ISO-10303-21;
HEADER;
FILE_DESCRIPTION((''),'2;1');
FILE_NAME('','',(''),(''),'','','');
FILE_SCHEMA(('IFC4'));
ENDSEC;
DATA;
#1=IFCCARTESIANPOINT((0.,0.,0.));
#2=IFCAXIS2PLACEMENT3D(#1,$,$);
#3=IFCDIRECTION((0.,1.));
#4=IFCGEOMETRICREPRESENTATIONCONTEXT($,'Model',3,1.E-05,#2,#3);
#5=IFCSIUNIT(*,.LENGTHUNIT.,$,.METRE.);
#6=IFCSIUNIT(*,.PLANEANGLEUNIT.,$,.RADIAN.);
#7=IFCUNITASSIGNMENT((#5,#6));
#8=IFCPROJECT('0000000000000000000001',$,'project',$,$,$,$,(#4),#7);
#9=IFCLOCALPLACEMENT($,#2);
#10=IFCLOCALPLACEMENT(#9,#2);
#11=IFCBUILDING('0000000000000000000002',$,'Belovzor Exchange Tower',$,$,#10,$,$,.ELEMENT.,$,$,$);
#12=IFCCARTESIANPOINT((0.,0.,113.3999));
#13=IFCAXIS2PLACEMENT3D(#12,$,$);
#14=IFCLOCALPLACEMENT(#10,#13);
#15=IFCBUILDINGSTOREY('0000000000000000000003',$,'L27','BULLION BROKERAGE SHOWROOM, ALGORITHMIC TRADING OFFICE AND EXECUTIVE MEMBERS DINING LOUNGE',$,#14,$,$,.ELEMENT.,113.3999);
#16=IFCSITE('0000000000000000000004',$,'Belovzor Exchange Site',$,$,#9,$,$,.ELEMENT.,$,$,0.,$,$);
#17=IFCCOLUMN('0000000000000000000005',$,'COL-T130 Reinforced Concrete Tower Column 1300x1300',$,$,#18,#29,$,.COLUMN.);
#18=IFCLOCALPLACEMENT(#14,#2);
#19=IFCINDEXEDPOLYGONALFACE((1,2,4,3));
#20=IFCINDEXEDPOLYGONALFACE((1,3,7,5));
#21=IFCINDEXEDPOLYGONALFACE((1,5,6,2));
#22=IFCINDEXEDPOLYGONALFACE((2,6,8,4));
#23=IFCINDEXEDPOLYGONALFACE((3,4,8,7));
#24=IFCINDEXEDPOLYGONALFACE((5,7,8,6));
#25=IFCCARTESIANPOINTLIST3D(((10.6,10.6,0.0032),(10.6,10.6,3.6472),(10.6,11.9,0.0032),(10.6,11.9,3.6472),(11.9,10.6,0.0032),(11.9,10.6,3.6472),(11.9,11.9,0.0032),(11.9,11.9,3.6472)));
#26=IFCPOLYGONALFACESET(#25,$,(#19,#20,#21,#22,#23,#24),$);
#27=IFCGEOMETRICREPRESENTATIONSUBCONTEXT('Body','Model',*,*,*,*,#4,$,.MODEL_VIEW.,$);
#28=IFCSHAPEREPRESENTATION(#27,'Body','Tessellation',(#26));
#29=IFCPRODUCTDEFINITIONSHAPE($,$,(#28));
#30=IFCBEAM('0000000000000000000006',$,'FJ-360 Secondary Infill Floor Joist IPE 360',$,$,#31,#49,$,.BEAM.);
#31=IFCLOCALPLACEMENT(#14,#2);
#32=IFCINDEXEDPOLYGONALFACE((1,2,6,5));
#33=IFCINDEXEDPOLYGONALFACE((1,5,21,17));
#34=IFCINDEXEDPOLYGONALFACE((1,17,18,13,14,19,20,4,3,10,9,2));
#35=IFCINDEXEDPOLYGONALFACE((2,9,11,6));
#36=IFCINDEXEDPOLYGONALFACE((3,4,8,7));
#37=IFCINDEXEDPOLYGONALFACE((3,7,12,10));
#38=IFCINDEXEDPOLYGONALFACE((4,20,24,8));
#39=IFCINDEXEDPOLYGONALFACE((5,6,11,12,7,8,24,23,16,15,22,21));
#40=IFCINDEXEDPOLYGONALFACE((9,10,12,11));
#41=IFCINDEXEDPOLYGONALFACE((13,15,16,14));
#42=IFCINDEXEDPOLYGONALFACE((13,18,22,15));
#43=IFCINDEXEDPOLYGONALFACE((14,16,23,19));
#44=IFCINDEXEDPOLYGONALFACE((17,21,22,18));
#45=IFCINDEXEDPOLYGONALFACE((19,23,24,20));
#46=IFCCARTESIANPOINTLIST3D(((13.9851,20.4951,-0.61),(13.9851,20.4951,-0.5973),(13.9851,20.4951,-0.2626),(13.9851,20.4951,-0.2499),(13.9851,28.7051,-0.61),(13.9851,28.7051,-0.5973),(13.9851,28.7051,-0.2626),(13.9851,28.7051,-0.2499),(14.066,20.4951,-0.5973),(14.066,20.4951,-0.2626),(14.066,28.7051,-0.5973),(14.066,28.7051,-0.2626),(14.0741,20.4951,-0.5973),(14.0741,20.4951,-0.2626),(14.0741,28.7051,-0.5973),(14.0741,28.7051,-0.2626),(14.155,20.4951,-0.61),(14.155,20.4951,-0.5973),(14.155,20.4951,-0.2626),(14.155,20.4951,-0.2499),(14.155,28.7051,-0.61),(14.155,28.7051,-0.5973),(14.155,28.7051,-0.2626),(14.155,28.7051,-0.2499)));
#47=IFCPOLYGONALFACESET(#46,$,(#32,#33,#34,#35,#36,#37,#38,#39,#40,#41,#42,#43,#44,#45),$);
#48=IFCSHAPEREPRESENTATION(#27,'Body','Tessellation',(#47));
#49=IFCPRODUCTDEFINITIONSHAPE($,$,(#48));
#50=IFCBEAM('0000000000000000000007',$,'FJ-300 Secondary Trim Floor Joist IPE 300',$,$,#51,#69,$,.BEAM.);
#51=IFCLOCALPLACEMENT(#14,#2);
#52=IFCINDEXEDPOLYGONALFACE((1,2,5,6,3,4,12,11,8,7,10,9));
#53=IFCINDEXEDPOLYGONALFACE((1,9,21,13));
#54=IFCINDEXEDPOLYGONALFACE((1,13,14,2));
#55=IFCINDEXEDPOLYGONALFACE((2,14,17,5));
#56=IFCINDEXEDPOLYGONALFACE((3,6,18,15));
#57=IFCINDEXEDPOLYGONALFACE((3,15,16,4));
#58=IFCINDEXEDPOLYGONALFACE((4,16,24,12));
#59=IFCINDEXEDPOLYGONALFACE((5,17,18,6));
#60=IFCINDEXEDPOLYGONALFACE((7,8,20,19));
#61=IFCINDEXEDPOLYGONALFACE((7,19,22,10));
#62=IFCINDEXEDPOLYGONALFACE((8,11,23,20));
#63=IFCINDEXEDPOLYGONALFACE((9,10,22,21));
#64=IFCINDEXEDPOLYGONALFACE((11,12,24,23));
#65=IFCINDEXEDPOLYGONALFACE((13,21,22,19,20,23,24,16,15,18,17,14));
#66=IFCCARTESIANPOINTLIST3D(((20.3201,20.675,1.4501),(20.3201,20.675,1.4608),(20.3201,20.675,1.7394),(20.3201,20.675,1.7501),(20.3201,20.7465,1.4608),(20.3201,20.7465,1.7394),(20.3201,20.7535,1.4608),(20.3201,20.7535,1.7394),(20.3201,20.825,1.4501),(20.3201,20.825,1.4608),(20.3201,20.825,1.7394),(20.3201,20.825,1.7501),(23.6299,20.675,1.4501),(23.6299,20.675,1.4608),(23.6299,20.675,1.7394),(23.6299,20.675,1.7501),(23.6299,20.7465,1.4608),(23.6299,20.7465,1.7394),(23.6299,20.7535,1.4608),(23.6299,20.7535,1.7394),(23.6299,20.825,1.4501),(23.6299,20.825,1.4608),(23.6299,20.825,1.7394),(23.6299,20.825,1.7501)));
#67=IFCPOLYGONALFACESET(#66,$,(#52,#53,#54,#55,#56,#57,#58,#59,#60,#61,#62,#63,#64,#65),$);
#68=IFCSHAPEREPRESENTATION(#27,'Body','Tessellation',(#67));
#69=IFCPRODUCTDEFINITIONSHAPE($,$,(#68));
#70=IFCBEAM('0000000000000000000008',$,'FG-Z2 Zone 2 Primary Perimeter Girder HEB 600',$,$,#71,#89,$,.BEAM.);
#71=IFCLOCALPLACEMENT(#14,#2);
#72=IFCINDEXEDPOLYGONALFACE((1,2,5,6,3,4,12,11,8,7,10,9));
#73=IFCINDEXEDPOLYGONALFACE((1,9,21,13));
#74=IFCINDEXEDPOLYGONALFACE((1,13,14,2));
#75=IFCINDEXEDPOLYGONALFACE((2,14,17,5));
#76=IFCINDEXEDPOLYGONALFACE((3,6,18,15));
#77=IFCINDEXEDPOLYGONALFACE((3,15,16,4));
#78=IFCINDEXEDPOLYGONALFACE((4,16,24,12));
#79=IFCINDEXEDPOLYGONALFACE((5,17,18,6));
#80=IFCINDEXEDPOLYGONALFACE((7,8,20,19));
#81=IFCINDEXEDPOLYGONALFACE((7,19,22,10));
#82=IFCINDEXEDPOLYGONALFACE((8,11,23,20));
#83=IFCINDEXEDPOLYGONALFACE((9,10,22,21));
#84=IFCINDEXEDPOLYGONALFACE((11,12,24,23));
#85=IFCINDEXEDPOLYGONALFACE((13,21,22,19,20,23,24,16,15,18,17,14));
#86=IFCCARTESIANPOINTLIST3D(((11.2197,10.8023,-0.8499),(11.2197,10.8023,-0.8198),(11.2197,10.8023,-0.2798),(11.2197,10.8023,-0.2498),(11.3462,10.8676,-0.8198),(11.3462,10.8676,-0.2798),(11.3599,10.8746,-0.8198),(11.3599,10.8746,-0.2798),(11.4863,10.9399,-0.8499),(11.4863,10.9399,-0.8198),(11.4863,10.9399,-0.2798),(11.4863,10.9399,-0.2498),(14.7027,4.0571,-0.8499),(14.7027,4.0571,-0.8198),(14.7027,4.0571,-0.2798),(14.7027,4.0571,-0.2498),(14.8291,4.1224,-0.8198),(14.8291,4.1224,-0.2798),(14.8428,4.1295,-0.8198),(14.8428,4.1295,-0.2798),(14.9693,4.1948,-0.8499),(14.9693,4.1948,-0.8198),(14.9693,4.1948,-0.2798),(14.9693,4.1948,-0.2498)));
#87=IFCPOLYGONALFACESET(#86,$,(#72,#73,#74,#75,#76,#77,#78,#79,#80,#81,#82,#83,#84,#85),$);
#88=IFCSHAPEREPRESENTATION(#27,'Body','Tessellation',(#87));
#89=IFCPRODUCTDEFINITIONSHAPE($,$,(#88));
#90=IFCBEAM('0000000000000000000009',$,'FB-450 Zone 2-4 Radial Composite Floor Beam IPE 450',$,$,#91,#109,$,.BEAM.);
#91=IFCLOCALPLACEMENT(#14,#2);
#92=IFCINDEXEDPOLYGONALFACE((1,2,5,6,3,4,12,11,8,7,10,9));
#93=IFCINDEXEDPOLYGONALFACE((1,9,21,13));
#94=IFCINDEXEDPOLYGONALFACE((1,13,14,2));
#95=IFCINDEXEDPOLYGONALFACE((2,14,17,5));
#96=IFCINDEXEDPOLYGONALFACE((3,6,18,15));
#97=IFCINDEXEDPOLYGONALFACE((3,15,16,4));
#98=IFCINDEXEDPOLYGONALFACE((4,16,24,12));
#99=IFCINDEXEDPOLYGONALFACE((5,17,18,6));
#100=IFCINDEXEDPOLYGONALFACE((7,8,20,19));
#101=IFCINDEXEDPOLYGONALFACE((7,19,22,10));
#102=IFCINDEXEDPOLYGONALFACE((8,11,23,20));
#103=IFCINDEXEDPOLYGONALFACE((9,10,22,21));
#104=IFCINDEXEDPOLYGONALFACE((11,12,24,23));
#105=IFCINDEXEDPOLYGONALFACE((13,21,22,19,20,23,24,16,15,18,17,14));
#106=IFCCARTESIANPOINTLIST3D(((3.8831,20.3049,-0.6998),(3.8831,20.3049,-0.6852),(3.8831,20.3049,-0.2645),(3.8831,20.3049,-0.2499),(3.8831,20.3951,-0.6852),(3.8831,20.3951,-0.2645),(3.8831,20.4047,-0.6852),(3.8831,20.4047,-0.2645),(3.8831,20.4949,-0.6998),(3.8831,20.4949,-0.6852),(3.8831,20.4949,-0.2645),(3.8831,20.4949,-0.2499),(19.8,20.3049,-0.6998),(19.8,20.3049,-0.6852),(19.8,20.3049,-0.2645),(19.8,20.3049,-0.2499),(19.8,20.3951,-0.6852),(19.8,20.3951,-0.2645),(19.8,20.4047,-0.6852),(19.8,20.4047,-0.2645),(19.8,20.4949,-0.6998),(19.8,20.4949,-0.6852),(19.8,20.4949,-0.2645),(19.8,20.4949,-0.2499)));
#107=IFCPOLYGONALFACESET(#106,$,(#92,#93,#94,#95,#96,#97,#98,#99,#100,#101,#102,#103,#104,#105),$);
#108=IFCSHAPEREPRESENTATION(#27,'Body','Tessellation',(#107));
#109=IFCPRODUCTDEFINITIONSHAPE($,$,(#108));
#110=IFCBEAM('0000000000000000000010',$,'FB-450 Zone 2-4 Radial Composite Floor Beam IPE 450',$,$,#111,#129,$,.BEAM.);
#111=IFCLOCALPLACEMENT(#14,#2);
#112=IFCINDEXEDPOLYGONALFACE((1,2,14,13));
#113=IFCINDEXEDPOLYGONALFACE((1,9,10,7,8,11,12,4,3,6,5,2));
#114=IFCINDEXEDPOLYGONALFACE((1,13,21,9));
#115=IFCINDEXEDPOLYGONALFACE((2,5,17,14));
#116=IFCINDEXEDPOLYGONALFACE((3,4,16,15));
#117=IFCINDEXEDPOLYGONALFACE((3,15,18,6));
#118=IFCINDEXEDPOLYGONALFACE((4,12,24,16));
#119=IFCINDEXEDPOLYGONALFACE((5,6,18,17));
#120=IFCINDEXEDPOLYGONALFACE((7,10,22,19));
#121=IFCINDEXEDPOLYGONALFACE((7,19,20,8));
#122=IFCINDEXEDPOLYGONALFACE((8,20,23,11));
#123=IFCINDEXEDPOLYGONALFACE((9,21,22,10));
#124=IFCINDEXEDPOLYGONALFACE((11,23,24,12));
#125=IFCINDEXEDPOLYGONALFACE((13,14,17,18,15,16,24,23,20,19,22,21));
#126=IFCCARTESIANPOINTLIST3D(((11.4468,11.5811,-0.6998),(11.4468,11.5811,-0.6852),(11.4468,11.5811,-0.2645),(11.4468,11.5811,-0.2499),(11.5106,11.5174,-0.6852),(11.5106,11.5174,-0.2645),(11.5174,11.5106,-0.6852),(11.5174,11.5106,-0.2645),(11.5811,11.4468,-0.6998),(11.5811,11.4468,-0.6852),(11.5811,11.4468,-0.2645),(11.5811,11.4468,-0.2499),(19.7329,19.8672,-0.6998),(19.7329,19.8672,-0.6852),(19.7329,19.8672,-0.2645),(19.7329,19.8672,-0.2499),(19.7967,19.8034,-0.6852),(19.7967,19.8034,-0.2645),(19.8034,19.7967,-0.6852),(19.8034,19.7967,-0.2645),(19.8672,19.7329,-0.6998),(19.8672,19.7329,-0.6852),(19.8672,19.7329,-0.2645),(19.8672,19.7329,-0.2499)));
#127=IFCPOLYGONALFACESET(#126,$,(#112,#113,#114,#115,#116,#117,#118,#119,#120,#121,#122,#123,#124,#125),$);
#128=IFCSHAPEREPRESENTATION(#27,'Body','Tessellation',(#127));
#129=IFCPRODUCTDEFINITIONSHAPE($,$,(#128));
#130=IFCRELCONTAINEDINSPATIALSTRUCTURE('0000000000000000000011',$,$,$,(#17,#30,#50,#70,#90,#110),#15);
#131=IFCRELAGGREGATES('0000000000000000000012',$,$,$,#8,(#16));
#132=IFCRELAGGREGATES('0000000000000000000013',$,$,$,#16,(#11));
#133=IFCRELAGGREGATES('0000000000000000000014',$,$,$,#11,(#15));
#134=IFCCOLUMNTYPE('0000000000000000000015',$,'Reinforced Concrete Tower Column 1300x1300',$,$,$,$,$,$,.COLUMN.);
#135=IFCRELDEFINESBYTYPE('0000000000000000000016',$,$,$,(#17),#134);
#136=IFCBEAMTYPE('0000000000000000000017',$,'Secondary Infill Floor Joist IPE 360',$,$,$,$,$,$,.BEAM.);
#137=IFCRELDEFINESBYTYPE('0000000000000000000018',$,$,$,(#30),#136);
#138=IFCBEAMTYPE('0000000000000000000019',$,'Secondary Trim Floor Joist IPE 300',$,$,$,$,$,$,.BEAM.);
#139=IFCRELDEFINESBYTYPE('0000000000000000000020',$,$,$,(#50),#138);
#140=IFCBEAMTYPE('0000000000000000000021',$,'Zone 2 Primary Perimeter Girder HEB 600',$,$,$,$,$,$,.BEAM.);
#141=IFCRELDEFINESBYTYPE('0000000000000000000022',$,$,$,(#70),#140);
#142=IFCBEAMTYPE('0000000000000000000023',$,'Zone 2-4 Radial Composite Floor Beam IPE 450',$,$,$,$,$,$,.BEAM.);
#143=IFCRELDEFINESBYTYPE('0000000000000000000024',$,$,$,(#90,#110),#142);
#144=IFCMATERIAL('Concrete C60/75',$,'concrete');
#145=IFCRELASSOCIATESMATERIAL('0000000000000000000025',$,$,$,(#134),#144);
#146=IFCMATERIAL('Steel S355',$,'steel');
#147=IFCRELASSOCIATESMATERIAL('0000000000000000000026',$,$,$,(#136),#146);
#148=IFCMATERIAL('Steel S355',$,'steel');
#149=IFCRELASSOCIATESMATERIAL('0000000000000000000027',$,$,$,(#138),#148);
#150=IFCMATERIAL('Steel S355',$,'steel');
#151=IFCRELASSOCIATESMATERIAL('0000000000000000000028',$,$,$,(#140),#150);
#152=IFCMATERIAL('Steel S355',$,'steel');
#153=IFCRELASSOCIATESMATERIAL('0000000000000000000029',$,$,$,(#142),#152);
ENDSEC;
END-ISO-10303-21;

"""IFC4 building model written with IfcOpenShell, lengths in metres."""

from ifc_helpers import new_model, si_unit, direction, frame, origin, origin_2d, place, context, subcontext, project, spatial, rectangle, i_section, extrude, material, material_profile, profile_set, type_object, element, save


model = new_model("IFC4")

# Units and contexts
model_context = context("Model", 3, precision=1e-05, world=origin(), true_north=direction((0.0, 1.0)))
body_context = subcontext(model_context, "Body", "Model", "MODEL_VIEW")
ifc_project = project(units=[si_unit("LENGTHUNIT", "METRE"), si_unit("PLANEANGLEUNIT", "RADIAN")], contexts=[model_context])

# Site, building, storey
site_placement = place(None, origin())
site = spatial("IfcSite", under=ifc_project, at=site_placement, Name="Belovzor Exchange Site", CompositionType="ELEMENT", RefElevation=0.0)
building_placement = place(site_placement, origin())
building = spatial("IfcBuilding", under=site, at=building_placement, Name="Belovzor Exchange Tower", CompositionType="ELEMENT")
storey_placement = place(building_placement, frame((0.0, 0.0, 113.3999)))
storey = spatial("IfcBuildingStorey", under=building, at=storey_placement, Name="L27", Description="BULLION BROKERAGE SHOWROOM, ALGORITHMIC TRADING OFFICE AND EXECUTIVE MEMBERS DINING LOUNGE", CompositionType="ELEMENT", Elevation=113.3999)

# Column
ifc_material_1 = material(Name="Concrete C60/75", Category="concrete")
ifc_material_profile_1 = material_profile(ifc_material_1, rectangle(XDim=1.3, YDim=1.3, at=origin_2d()))
ifc_profile_set_1 = profile_set([ifc_material_profile_1], Name="Concrete C60/75")
column_type = type_object("IfcColumnType", Name="Reinforced Concrete Tower Column 1300x1300", PredefinedType="COLUMN", material=ifc_profile_set_1)
column_placement = place(storey_placement, frame((11.25, 11.25, 0.0032), z_axis=(0.0, 0.0, 1.0), x_axis=(1.0, 0.0, 0.0)))
element("IfcColumn", 1, at=column_placement, inside=storey, type_object=column_type, Name="COL-T130 Reinforced Concrete Tower Column 1300x1300", PredefinedType="COLUMN", context=body_context, shape_type="SweptSolid", body=[
    extrude(rectangle(XDim=1.3, YDim=1.3, at=origin_2d()), origin(), (0.0, 0.0, 1.0), 3.644),
])

# Beams
ifc_material_2 = material(Name="Steel S355", Category="steel")
ifc_material_profile_2 = material_profile(ifc_material_2, i_section(OverallWidth=0.1699, OverallDepth=0.3601, WebThickness=0.0081, FlangeThickness=0.0127, at=origin_2d()))
ifc_profile_set_2 = profile_set([ifc_material_profile_2], Name="Steel S355")
beam_type_1 = type_object("IfcBeamType", Name="Secondary Infill Floor Joist IPE 360", PredefinedType="BEAM", material=ifc_profile_set_2)
beam_1_placement = place(storey_placement, frame((14.0701, 20.4951, -0.4299), z_axis=(0.0, 1.0, 0.0), x_axis=(-1.0, 0.0, 0.0)))
element("IfcBeam", 2, at=beam_1_placement, inside=storey, type_object=beam_type_1, Name="FJ-360 Secondary Infill Floor Joist IPE 360", PredefinedType="BEAM", context=body_context, shape_type="SweptSolid", body=[
    extrude(i_section(OverallWidth=0.1699, OverallDepth=0.3601, WebThickness=0.0081, FlangeThickness=0.0127, at=origin_2d()), origin(), (0.0, 0.0, 1.0), 8.21),
])
ifc_material_3 = material(Name="Steel S355", Category="steel")
ifc_material_profile_3 = material_profile(ifc_material_3, i_section(OverallWidth=0.1499, OverallDepth=0.3, WebThickness=0.0071, FlangeThickness=0.0107, at=origin_2d()))
ifc_profile_set_3 = profile_set([ifc_material_profile_3], Name="Steel S355")
beam_type_2 = type_object("IfcBeamType", Name="Secondary Trim Floor Joist IPE 300", PredefinedType="BEAM", material=ifc_profile_set_3)
beam_2_placement = place(storey_placement, frame((20.3201, 20.75, 1.6001), z_axis=(1.0, 0.0, 0.0), x_axis=(0.0, 1.0, 0.0)))
element("IfcBeam", 3, at=beam_2_placement, inside=storey, type_object=beam_type_2, Name="FJ-300 Secondary Trim Floor Joist IPE 300", PredefinedType="BEAM", context=body_context, shape_type="SweptSolid", body=[
    extrude(i_section(OverallWidth=0.1499, OverallDepth=0.3, WebThickness=0.0071, FlangeThickness=0.0107, at=origin_2d()), origin(), (0.0, 0.0, 1.0), 3.3098),
])
ifc_material_4 = material(Name="Steel S355", Category="steel")
ifc_material_profile_4 = material_profile(ifc_material_4, i_section(OverallWidth=0.3, OverallDepth=0.6001, WebThickness=0.0154, FlangeThickness=0.03, at=origin_2d()))
ifc_profile_set_4 = profile_set([ifc_material_profile_4], Name="Steel S355")
beam_type_3 = type_object("IfcBeamType", Name="Zone 2 Primary Perimeter Girder HEB 600", PredefinedType="BEAM", material=ifc_profile_set_4)
beam_3_placement = place(storey_placement, frame((11.353, 10.8711, -0.5498), z_axis=(0.458805, -0.888537, 0.0), x_axis=(0.888537, 0.458805, 0.0)))
element("IfcBeam", 4, at=beam_3_placement, inside=storey, type_object=beam_type_3, Name="FG-Z2 Zone 2 Primary Perimeter Girder HEB 600", PredefinedType="BEAM", context=body_context, shape_type="SweptSolid", body=[
    extrude(i_section(OverallWidth=0.3, OverallDepth=0.6001, WebThickness=0.0154, FlangeThickness=0.03, at=origin_2d()), origin(), (0.0, 0.0, 1.0), 7.5913),
])
ifc_material_5 = material(Name="Steel S355", Category="steel")
ifc_material_profile_5 = material_profile(ifc_material_5, i_section(OverallWidth=0.1899, OverallDepth=0.45, WebThickness=0.0095, FlangeThickness=0.0146, at=origin_2d()))
ifc_profile_set_5 = profile_set([ifc_material_profile_5], Name="Steel S355")
beam_type_4 = type_object("IfcBeamType", Name="Zone 2-4 Radial Composite Floor Beam IPE 450", PredefinedType="BEAM", material=ifc_profile_set_5)
beam_4_placement = place(storey_placement, frame((19.8, 20.3999, -0.4749), z_axis=(-1.0, 0.0, 0.0), x_axis=(0.0, -1.0, 0.0)))
element("IfcBeam", 5, at=beam_4_placement, inside=storey, type_object=beam_type_4, Name="FB-450 Zone 2-4 Radial Composite Floor Beam IPE 450", PredefinedType="BEAM", context=body_context, shape_type="SweptSolid", body=[
    extrude(i_section(OverallWidth=0.1899, OverallDepth=0.45, WebThickness=0.0095, FlangeThickness=0.0146, at=origin_2d()), origin(), (0.0, 0.0, 1.0), 15.917),
])
beam_5_placement = place(storey_placement, frame((19.8, 19.8, -0.4749), z_axis=(-0.707107, -0.707107, 0.0), x_axis=(0.707107, -0.707107, 0.0)))
element("IfcBeam", 6, at=beam_5_placement, inside=storey, type_object=beam_type_4, Name="FB-450 Zone 2-4 Radial Composite Floor Beam IPE 450", PredefinedType="BEAM", context=body_context, shape_type="SweptSolid", body=[
    extrude(i_section(OverallWidth=0.1899, OverallDepth=0.45, WebThickness=0.0095, FlangeThickness=0.0146, at=origin_2d()), origin(), (0.0, 0.0, 1.0), 11.7183),
])

save(model, "model.ifc")
